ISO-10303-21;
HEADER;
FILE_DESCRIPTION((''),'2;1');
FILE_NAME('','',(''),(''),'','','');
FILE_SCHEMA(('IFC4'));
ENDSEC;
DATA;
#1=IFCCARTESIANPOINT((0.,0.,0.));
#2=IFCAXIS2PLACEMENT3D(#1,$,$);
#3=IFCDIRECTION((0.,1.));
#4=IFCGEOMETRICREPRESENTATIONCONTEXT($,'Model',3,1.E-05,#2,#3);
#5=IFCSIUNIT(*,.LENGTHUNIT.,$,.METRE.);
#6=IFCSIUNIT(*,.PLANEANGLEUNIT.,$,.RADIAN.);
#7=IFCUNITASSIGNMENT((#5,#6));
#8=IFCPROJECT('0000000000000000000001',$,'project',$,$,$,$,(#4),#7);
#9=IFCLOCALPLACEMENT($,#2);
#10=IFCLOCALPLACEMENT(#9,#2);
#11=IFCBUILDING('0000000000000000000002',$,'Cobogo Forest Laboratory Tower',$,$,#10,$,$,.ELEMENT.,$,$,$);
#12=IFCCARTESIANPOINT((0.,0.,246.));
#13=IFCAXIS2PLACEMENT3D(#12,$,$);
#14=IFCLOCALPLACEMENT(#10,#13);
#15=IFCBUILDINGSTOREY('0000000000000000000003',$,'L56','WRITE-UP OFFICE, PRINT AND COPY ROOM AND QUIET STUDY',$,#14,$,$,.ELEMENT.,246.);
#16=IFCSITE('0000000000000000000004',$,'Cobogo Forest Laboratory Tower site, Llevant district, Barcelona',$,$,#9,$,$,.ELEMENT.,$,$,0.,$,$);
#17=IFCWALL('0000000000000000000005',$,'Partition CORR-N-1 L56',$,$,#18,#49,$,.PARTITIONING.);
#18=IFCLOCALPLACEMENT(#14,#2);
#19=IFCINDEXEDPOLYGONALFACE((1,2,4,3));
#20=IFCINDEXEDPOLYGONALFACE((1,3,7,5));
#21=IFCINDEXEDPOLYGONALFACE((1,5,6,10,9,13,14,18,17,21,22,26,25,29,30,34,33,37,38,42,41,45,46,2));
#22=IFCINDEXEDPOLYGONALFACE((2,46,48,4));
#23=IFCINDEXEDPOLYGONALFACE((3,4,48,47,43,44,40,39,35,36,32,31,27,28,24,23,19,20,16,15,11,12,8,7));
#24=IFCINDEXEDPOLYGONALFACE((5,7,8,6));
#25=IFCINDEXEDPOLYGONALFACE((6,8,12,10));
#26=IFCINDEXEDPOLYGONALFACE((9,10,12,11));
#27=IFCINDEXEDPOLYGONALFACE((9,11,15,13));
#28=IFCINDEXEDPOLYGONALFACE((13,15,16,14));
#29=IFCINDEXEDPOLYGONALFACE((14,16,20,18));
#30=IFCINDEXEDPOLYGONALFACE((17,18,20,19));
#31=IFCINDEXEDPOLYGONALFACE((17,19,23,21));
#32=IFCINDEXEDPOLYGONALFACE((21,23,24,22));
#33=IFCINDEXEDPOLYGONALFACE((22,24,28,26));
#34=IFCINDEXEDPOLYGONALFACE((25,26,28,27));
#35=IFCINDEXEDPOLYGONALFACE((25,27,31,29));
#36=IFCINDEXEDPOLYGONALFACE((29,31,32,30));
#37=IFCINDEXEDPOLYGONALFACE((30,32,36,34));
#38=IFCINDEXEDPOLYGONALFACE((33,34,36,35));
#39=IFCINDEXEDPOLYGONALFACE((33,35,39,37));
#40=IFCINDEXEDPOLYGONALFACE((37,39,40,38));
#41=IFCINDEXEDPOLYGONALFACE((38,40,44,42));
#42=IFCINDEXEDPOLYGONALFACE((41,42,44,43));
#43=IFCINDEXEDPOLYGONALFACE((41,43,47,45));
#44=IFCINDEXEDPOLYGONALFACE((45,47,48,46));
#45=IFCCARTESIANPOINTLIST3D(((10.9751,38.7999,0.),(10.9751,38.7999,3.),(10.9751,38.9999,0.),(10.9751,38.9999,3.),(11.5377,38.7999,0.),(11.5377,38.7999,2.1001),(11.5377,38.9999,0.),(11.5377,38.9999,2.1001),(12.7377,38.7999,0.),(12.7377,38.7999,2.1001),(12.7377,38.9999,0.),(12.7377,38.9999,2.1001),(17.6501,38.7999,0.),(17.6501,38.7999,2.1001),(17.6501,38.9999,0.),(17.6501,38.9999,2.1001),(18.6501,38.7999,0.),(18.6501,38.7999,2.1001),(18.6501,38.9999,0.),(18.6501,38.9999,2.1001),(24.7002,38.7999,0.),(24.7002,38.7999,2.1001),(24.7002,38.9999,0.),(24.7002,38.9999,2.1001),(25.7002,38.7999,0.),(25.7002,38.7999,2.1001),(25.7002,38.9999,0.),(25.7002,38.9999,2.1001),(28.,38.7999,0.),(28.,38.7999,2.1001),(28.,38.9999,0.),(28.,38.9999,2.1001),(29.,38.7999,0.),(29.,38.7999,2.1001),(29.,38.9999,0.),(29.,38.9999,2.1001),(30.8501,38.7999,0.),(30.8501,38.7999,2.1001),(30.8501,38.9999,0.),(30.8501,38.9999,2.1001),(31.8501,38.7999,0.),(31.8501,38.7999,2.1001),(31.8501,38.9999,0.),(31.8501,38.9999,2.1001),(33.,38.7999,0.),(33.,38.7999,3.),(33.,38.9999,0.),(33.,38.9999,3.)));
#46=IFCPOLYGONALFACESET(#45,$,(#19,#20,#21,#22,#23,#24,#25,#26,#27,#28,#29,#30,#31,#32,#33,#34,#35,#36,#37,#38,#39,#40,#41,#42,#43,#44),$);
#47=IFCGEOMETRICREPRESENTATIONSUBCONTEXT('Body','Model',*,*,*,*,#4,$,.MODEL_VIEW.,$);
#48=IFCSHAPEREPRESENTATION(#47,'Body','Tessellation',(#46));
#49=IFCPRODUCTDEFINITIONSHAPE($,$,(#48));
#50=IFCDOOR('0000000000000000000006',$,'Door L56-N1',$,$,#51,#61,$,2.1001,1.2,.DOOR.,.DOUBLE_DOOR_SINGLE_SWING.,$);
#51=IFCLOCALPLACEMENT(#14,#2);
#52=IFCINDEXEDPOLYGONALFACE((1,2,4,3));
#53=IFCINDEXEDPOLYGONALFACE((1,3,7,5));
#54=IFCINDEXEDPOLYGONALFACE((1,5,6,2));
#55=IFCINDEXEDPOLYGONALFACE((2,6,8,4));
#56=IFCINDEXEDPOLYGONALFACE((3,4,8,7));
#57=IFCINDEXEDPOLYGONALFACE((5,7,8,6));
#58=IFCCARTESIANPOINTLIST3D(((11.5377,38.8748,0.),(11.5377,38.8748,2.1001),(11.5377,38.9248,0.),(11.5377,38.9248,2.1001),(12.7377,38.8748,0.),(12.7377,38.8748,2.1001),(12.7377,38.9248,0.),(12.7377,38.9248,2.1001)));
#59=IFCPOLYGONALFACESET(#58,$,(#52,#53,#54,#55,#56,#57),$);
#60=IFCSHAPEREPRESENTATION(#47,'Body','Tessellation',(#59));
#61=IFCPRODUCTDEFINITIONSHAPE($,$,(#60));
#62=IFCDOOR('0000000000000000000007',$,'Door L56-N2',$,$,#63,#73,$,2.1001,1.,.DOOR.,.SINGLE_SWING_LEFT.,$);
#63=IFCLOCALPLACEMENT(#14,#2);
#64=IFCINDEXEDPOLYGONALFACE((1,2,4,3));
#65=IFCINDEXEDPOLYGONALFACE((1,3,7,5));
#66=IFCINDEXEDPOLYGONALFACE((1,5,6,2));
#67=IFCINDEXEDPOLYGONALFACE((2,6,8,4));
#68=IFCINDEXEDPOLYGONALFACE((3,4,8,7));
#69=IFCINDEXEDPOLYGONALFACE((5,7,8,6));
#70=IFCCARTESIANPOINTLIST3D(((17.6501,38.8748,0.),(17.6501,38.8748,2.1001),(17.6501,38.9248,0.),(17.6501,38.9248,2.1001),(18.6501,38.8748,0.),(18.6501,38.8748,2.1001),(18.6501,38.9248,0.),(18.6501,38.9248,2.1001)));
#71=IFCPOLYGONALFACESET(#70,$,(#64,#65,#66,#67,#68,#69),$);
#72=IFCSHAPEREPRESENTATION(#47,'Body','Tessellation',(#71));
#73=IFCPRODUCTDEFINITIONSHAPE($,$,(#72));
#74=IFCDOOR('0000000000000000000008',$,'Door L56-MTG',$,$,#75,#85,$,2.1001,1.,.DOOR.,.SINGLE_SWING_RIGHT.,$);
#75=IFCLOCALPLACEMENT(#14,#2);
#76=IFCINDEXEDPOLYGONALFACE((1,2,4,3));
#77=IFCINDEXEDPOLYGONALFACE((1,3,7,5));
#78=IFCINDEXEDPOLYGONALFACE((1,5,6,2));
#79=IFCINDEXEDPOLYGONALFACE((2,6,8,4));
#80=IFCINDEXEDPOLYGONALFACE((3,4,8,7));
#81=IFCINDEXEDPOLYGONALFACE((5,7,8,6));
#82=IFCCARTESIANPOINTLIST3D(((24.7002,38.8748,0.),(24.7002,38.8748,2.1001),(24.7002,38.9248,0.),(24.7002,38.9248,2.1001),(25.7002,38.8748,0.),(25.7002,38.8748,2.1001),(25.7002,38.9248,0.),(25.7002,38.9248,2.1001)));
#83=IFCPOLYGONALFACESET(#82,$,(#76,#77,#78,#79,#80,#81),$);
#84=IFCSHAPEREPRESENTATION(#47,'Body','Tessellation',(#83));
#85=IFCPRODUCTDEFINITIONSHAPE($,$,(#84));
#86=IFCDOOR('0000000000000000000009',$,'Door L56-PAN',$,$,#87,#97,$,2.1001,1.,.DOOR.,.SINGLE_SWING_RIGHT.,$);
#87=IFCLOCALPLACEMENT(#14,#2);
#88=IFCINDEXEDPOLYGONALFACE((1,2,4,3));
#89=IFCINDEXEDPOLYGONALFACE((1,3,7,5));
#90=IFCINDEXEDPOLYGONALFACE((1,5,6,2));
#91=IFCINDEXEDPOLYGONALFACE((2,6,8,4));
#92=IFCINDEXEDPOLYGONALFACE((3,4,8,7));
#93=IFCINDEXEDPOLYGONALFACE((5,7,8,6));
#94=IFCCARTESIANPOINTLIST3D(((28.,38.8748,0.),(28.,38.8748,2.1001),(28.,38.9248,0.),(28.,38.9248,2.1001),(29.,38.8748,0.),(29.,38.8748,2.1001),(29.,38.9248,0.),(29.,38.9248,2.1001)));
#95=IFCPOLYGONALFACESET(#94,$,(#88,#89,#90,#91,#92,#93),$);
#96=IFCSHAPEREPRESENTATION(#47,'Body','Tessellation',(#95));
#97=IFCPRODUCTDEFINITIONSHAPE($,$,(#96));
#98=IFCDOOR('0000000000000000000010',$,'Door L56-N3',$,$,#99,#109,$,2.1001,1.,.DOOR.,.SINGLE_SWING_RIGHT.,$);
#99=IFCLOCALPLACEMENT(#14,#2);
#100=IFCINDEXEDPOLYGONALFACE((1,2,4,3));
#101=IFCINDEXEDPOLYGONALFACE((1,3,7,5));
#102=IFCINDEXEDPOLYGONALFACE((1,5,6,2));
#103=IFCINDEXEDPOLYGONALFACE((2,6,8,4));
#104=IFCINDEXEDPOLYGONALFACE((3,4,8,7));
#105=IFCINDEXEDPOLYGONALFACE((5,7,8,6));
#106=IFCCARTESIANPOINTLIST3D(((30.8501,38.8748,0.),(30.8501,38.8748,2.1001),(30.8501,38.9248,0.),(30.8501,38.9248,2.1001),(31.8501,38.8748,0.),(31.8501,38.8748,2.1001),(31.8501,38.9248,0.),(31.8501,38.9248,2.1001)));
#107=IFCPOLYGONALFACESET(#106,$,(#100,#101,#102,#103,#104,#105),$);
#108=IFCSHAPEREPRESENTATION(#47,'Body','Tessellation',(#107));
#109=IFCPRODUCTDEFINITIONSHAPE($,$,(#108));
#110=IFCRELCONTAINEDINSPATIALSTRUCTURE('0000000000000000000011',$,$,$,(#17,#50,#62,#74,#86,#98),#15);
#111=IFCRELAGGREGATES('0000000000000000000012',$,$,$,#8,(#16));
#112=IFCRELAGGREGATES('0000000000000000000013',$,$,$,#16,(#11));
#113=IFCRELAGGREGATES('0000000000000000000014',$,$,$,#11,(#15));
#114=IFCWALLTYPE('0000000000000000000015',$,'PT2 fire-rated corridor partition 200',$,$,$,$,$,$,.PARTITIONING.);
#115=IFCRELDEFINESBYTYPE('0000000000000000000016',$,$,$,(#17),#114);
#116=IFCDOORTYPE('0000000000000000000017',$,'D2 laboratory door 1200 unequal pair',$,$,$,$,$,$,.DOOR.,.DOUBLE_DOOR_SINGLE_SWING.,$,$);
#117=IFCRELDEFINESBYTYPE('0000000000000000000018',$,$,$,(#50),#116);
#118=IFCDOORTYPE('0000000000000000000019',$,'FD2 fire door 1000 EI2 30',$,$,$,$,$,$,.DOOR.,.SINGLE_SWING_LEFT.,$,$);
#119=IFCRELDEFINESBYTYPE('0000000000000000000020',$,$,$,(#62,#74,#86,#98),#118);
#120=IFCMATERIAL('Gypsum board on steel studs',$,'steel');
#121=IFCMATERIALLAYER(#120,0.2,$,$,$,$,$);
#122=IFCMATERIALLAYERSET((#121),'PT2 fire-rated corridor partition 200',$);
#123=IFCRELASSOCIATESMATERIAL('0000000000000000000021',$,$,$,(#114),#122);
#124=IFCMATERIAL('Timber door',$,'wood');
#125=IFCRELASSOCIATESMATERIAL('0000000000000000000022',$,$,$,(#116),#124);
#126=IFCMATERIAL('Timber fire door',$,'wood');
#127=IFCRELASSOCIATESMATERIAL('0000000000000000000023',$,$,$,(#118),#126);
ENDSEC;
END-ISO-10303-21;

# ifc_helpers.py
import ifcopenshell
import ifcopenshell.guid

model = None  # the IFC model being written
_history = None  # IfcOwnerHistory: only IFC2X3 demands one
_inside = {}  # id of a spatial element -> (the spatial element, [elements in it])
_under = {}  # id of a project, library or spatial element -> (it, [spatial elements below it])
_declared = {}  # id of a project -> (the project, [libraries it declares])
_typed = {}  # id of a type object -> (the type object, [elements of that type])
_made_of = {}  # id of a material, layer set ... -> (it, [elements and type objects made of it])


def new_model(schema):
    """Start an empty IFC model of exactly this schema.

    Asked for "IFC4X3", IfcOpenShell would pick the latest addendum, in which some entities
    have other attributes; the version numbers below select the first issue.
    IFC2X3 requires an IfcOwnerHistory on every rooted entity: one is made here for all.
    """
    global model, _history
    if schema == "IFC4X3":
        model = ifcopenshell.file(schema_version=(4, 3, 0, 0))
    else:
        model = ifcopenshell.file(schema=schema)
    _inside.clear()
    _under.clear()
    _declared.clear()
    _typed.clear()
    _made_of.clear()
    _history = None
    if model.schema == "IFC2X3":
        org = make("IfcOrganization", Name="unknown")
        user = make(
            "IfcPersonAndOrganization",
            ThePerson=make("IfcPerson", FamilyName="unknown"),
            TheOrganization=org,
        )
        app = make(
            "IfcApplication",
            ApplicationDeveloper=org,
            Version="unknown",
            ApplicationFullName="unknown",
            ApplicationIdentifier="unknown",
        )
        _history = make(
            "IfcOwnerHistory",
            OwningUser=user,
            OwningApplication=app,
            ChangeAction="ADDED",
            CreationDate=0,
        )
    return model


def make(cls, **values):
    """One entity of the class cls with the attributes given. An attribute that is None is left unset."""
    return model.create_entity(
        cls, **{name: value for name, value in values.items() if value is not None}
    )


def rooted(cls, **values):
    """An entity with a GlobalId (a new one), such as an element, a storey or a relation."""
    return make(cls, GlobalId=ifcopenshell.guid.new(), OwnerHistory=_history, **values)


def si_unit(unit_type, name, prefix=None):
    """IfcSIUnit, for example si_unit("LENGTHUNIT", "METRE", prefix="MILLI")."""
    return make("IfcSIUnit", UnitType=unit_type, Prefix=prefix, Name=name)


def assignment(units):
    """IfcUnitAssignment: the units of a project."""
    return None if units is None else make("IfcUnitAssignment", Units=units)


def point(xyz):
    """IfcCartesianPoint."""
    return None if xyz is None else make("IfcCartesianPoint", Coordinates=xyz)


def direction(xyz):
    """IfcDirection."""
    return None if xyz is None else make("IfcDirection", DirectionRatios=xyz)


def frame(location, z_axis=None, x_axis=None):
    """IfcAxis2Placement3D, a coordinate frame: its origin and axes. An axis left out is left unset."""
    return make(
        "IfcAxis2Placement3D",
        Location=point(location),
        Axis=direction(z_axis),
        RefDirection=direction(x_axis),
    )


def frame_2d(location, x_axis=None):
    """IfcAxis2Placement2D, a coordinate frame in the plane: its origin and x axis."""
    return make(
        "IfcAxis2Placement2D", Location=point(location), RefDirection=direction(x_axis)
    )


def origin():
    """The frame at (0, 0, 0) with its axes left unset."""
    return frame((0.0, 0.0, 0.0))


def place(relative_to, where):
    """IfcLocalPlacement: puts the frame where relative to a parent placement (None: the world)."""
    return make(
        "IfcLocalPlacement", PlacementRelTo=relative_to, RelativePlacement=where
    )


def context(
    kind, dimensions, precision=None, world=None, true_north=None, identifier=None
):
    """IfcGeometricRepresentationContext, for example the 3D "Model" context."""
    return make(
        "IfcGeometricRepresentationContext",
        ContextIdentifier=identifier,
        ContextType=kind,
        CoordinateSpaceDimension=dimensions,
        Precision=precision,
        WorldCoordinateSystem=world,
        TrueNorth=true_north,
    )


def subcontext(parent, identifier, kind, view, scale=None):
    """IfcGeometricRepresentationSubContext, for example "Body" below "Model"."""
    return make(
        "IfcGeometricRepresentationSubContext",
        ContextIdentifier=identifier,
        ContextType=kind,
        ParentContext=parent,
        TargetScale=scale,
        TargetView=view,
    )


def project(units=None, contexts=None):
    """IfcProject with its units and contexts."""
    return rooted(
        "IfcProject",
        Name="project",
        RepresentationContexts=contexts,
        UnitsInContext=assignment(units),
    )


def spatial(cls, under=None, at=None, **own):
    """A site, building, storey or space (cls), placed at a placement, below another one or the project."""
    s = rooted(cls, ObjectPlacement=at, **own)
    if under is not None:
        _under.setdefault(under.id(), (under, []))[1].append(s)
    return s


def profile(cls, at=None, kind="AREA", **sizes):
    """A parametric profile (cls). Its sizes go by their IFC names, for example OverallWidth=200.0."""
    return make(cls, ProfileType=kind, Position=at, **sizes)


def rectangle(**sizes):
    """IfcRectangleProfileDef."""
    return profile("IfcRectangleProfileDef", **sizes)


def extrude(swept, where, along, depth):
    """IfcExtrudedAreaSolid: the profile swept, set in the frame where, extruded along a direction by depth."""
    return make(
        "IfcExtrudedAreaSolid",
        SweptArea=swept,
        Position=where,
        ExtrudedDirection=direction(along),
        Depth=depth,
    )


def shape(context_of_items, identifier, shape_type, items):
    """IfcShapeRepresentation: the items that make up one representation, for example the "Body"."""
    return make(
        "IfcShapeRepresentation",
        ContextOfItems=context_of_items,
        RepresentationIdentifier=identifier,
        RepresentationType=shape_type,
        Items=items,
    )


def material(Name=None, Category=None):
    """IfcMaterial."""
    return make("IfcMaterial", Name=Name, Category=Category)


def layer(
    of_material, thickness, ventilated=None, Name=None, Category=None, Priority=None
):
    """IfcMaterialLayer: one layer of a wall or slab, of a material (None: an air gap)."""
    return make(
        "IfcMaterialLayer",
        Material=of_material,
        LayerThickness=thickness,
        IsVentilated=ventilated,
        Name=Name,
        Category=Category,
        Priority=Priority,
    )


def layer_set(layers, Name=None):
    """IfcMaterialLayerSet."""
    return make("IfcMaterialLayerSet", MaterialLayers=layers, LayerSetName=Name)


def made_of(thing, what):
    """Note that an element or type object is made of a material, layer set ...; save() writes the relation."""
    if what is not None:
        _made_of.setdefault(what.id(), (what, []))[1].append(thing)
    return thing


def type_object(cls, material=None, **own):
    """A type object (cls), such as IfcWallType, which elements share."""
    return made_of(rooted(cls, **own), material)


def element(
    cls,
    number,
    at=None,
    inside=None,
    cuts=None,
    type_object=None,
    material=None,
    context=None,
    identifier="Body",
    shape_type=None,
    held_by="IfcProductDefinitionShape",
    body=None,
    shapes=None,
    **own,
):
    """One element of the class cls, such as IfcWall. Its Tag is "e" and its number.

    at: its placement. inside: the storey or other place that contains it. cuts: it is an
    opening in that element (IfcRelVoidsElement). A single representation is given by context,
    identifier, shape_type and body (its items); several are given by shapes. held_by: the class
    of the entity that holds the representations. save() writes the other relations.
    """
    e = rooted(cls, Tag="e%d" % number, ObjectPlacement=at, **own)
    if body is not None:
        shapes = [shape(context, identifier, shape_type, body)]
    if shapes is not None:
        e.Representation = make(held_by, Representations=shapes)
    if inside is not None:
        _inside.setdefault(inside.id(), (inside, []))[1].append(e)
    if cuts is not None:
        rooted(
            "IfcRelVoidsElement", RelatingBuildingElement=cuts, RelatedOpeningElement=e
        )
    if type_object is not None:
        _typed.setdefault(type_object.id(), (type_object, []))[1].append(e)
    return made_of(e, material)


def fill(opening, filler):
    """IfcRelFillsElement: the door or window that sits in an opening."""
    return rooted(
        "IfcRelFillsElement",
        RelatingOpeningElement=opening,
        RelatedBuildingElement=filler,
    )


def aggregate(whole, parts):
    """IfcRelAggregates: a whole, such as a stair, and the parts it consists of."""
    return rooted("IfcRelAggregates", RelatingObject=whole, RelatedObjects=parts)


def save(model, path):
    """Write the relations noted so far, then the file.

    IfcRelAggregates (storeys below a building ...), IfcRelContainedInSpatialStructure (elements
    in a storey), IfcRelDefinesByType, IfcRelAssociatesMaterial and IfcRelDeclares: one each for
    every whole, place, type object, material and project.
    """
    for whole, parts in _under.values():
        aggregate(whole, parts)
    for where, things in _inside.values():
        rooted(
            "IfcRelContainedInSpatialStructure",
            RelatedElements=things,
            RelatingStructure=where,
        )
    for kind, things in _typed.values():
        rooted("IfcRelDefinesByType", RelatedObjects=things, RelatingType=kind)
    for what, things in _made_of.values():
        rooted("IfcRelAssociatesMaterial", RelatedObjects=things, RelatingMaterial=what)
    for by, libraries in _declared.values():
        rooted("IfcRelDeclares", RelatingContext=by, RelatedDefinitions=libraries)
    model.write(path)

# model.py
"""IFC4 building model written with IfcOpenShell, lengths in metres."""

from ifc_helpers import new_model, si_unit, direction, frame, frame_2d, origin, place, context, subcontext, project, spatial, rectangle, extrude, material, layer, layer_set, type_object, element, fill, save


model = new_model("IFC4")

# Units and contexts
model_context = context("Model", 3, precision=1e-05, world=origin(), true_north=direction((0.0, 1.0)))
body_context = subcontext(model_context, "Body", "Model", "MODEL_VIEW")
ifc_project = project(units=[si_unit("LENGTHUNIT", "METRE"), si_unit("PLANEANGLEUNIT", "RADIAN")], contexts=[model_context])

# Site, building, storey
site_placement = place(None, origin())
site = spatial("IfcSite", under=ifc_project, at=site_placement, Name="Cobogo Forest Laboratory Tower site, Llevant district, Barcelona", CompositionType="ELEMENT", RefElevation=0.0)
building_placement = place(site_placement, origin())
building = spatial("IfcBuilding", under=site, at=building_placement, Name="Cobogo Forest Laboratory Tower", CompositionType="ELEMENT")
storey_placement = place(building_placement, frame((0.0, 0.0, 246.0)))
storey = spatial("IfcBuildingStorey", under=building, at=storey_placement, Name="L56", Description="WRITE-UP OFFICE, PRINT AND COPY ROOM AND QUIET STUDY", CompositionType="ELEMENT", Elevation=246.0)

# Shared definitions
ifc_material_1 = material(Name="Gypsum board on steel studs", Category="steel")

# Wall, openings, doors
ifc_layer_1 = layer(ifc_material_1, 0.2)
ifc_layer_set_1 = layer_set([ifc_layer_1], Name="PT2 fire-rated corridor partition 200")
wall_type_1 = type_object("IfcWallType", Name="PT2 fire-rated corridor partition 200", PredefinedType="PARTITIONING", material=ifc_layer_set_1)
wall_1_placement = place(storey_placement, frame((10.9751, 38.8999, 0.0), z_axis=(0.0, 0.0, 1.0), x_axis=(1.0, 0.0, 0.0)))
wall_1 = element("IfcWall", 1, at=wall_1_placement, inside=storey, type_object=wall_type_1, Name="Partition CORR-N-1 L56", PredefinedType="PARTITIONING", context=body_context, shape_type="SweptSolid", body=[
    extrude(rectangle(XDim=22.0249, YDim=0.2, at=frame_2d((11.0125, 0.0))), origin(), (0.0, 0.0, 1.0), 3.0),
])
opening_1_placement = place(wall_1_placement, frame((0.5625, 0.0, 0.0)))
opening_1 = element("IfcOpeningElement", 2, at=opening_1_placement, cuts=wall_1, PredefinedType="OPENING", context=body_context, shape_type="SweptSolid", body=[
    extrude(rectangle(XDim=1.2, YDim=2.1001, at=frame_2d((0.6001, 1.05))), frame((0.0, 0.1099, 0.0), z_axis=(0.0, -1.0, 0.0), x_axis=(1.0, 0.0, 0.0)), (0.0, 0.0, 1.0), 0.22),
])
opening_2_placement = place(wall_1_placement, frame((6.675, 0.0, 0.0)))
opening_2 = element("IfcOpeningElement", 3, at=opening_2_placement, cuts=wall_1, PredefinedType="OPENING", context=body_context, shape_type="SweptSolid", body=[
    extrude(rectangle(XDim=1.0, YDim=2.1001, at=frame_2d((0.5, 1.05))), frame((0.0, 0.1099, 0.0), z_axis=(0.0, -1.0, 0.0), x_axis=(1.0, 0.0, 0.0)), (0.0, 0.0, 1.0), 0.22),
])
opening_3_placement = place(wall_1_placement, frame((13.7251, 0.0, 0.0)))
opening_3 = element("IfcOpeningElement", 4, at=opening_3_placement, cuts=wall_1, PredefinedType="OPENING", context=body_context, shape_type="SweptSolid", body=[
    extrude(rectangle(XDim=1.0, YDim=2.1001, at=frame_2d((0.5, 1.05))), frame((0.0, 0.1099, 0.0), z_axis=(0.0, -1.0, 0.0), x_axis=(1.0, 0.0, 0.0)), (0.0, 0.0, 1.0), 0.22),
])
opening_4_placement = place(wall_1_placement, frame((17.0249, 0.0, 0.0)))
opening_4 = element("IfcOpeningElement", 5, at=opening_4_placement, cuts=wall_1, PredefinedType="OPENING", context=body_context, shape_type="SweptSolid", body=[
    extrude(rectangle(XDim=1.0, YDim=2.1001, at=frame_2d((0.5, 1.05))), frame((0.0, 0.1099, 0.0), z_axis=(0.0, -1.0, 0.0), x_axis=(1.0, 0.0, 0.0)), (0.0, 0.0, 1.0), 0.22),
])
opening_5_placement = place(wall_1_placement, frame((19.875, 0.0, 0.0)))
opening_5 = element("IfcOpeningElement", 6, at=opening_5_placement, cuts=wall_1, PredefinedType="OPENING", context=body_context, shape_type="SweptSolid", body=[
    extrude(rectangle(XDim=1.0, YDim=2.1001, at=frame_2d((0.5, 1.05))), frame((0.0, 0.1099, 0.0), z_axis=(0.0, -1.0, 0.0), x_axis=(1.0, 0.0, 0.0)), (0.0, 0.0, 1.0), 0.22),
])
ifc_material_2 = material(Name="Timber door", Category="wood")
door_type_1 = type_object("IfcDoorType", Name="D2 laboratory door 1200 unequal pair", OperationType="DOUBLE_DOOR_SINGLE_SWING", PredefinedType="DOOR", material=ifc_material_2)
door_1_placement = place(opening_1_placement, origin())
door_1 = element("IfcDoor", 7, at=door_1_placement, inside=storey, type_object=door_type_1, Name="Door L56-N1", OperationType="DOUBLE_DOOR_SINGLE_SWING", OverallHeight=2.1001, OverallWidth=1.2, PredefinedType="DOOR", context=body_context, shape_type="SweptSolid", body=[
    extrude(rectangle(XDim=1.2, YDim=2.1001, at=frame_2d((0.6001, 1.05))), frame((0.0, 0.0249, 0.0), z_axis=(0.0, -1.0, 0.0), x_axis=(1.0, 0.0, 0.0)), (0.0, 0.0, 1.0), 0.05),
])
fill(opening_1, door_1)
ifc_material_3 = material(Name="Timber fire door", Category="wood")
door_type_2 = type_object("IfcDoorType", Name="FD2 fire door 1000 EI2 30", OperationType="SINGLE_SWING_LEFT", PredefinedType="DOOR", material=ifc_material_3)
door_2_placement = place(opening_2_placement, origin())
door_2 = element("IfcDoor", 8, at=door_2_placement, inside=storey, type_object=door_type_2, Name="Door L56-N2", OperationType="SINGLE_SWING_LEFT", OverallHeight=2.1001, OverallWidth=1.0, PredefinedType="DOOR", context=body_context, shape_type="SweptSolid", body=[
    extrude(rectangle(XDim=1.0, YDim=2.1001, at=frame_2d((0.5, 1.05))), frame((0.0, 0.0249, 0.0), z_axis=(0.0, -1.0, 0.0), x_axis=(1.0, 0.0, 0.0)), (0.0, 0.0, 1.0), 0.05),
])
fill(opening_2, door_2)
door_3_placement = place(opening_3_placement, origin())
door_3 = element("IfcDoor", 9, at=door_3_placement, inside=storey, type_object=door_type_2, Name="Door L56-MTG", OperationType="SINGLE_SWING_RIGHT", OverallHeight=2.1001, OverallWidth=1.0, PredefinedType="DOOR", context=body_context, shape_type="SweptSolid", body=[
    extrude(rectangle(XDim=1.0, YDim=2.1001, at=frame_2d((0.5, 1.05))), frame((0.0, 0.0249, 0.0), z_axis=(0.0, -1.0, 0.0), x_axis=(1.0, 0.0, 0.0)), (0.0, 0.0, 1.0), 0.05),
])
fill(opening_3, door_3)
door_4_placement = place(opening_4_placement, origin())
door_4 = element("IfcDoor", 10, at=door_4_placement, inside=storey, type_object=door_type_2, Name="Door L56-PAN", OperationType="SINGLE_SWING_RIGHT", OverallHeight=2.1001, OverallWidth=1.0, PredefinedType="DOOR", context=body_context, shape_type="SweptSolid", body=[
    extrude(rectangle(XDim=1.0, YDim=2.1001, at=frame_2d((0.5, 1.05))), frame((0.0, 0.0249, 0.0), z_axis=(0.0, -1.0, 0.0), x_axis=(1.0, 0.0, 0.0)), (0.0, 0.0, 1.0), 0.05),
])
fill(opening_4, door_4)
door_5_placement = place(opening_5_placement, origin())
door_5 = element("IfcDoor", 11, at=door_5_placement, inside=storey, type_object=door_type_2, Name="Door L56-N3", OperationType="SINGLE_SWING_RIGHT", OverallHeight=2.1001, OverallWidth=1.0, PredefinedType="DOOR", context=body_context, shape_type="SweptSolid", body=[
    extrude(rectangle(XDim=1.0, YDim=2.1001, at=frame_2d((0.5, 1.05))), frame((0.0, 0.0249, 0.0), z_axis=(0.0, -1.0, 0.0), x_axis=(1.0, 0.0, 0.0)), (0.0, 0.0, 1.0), 0.05),
])
fill(opening_5, door_5)

save(model, "model.ifc")
